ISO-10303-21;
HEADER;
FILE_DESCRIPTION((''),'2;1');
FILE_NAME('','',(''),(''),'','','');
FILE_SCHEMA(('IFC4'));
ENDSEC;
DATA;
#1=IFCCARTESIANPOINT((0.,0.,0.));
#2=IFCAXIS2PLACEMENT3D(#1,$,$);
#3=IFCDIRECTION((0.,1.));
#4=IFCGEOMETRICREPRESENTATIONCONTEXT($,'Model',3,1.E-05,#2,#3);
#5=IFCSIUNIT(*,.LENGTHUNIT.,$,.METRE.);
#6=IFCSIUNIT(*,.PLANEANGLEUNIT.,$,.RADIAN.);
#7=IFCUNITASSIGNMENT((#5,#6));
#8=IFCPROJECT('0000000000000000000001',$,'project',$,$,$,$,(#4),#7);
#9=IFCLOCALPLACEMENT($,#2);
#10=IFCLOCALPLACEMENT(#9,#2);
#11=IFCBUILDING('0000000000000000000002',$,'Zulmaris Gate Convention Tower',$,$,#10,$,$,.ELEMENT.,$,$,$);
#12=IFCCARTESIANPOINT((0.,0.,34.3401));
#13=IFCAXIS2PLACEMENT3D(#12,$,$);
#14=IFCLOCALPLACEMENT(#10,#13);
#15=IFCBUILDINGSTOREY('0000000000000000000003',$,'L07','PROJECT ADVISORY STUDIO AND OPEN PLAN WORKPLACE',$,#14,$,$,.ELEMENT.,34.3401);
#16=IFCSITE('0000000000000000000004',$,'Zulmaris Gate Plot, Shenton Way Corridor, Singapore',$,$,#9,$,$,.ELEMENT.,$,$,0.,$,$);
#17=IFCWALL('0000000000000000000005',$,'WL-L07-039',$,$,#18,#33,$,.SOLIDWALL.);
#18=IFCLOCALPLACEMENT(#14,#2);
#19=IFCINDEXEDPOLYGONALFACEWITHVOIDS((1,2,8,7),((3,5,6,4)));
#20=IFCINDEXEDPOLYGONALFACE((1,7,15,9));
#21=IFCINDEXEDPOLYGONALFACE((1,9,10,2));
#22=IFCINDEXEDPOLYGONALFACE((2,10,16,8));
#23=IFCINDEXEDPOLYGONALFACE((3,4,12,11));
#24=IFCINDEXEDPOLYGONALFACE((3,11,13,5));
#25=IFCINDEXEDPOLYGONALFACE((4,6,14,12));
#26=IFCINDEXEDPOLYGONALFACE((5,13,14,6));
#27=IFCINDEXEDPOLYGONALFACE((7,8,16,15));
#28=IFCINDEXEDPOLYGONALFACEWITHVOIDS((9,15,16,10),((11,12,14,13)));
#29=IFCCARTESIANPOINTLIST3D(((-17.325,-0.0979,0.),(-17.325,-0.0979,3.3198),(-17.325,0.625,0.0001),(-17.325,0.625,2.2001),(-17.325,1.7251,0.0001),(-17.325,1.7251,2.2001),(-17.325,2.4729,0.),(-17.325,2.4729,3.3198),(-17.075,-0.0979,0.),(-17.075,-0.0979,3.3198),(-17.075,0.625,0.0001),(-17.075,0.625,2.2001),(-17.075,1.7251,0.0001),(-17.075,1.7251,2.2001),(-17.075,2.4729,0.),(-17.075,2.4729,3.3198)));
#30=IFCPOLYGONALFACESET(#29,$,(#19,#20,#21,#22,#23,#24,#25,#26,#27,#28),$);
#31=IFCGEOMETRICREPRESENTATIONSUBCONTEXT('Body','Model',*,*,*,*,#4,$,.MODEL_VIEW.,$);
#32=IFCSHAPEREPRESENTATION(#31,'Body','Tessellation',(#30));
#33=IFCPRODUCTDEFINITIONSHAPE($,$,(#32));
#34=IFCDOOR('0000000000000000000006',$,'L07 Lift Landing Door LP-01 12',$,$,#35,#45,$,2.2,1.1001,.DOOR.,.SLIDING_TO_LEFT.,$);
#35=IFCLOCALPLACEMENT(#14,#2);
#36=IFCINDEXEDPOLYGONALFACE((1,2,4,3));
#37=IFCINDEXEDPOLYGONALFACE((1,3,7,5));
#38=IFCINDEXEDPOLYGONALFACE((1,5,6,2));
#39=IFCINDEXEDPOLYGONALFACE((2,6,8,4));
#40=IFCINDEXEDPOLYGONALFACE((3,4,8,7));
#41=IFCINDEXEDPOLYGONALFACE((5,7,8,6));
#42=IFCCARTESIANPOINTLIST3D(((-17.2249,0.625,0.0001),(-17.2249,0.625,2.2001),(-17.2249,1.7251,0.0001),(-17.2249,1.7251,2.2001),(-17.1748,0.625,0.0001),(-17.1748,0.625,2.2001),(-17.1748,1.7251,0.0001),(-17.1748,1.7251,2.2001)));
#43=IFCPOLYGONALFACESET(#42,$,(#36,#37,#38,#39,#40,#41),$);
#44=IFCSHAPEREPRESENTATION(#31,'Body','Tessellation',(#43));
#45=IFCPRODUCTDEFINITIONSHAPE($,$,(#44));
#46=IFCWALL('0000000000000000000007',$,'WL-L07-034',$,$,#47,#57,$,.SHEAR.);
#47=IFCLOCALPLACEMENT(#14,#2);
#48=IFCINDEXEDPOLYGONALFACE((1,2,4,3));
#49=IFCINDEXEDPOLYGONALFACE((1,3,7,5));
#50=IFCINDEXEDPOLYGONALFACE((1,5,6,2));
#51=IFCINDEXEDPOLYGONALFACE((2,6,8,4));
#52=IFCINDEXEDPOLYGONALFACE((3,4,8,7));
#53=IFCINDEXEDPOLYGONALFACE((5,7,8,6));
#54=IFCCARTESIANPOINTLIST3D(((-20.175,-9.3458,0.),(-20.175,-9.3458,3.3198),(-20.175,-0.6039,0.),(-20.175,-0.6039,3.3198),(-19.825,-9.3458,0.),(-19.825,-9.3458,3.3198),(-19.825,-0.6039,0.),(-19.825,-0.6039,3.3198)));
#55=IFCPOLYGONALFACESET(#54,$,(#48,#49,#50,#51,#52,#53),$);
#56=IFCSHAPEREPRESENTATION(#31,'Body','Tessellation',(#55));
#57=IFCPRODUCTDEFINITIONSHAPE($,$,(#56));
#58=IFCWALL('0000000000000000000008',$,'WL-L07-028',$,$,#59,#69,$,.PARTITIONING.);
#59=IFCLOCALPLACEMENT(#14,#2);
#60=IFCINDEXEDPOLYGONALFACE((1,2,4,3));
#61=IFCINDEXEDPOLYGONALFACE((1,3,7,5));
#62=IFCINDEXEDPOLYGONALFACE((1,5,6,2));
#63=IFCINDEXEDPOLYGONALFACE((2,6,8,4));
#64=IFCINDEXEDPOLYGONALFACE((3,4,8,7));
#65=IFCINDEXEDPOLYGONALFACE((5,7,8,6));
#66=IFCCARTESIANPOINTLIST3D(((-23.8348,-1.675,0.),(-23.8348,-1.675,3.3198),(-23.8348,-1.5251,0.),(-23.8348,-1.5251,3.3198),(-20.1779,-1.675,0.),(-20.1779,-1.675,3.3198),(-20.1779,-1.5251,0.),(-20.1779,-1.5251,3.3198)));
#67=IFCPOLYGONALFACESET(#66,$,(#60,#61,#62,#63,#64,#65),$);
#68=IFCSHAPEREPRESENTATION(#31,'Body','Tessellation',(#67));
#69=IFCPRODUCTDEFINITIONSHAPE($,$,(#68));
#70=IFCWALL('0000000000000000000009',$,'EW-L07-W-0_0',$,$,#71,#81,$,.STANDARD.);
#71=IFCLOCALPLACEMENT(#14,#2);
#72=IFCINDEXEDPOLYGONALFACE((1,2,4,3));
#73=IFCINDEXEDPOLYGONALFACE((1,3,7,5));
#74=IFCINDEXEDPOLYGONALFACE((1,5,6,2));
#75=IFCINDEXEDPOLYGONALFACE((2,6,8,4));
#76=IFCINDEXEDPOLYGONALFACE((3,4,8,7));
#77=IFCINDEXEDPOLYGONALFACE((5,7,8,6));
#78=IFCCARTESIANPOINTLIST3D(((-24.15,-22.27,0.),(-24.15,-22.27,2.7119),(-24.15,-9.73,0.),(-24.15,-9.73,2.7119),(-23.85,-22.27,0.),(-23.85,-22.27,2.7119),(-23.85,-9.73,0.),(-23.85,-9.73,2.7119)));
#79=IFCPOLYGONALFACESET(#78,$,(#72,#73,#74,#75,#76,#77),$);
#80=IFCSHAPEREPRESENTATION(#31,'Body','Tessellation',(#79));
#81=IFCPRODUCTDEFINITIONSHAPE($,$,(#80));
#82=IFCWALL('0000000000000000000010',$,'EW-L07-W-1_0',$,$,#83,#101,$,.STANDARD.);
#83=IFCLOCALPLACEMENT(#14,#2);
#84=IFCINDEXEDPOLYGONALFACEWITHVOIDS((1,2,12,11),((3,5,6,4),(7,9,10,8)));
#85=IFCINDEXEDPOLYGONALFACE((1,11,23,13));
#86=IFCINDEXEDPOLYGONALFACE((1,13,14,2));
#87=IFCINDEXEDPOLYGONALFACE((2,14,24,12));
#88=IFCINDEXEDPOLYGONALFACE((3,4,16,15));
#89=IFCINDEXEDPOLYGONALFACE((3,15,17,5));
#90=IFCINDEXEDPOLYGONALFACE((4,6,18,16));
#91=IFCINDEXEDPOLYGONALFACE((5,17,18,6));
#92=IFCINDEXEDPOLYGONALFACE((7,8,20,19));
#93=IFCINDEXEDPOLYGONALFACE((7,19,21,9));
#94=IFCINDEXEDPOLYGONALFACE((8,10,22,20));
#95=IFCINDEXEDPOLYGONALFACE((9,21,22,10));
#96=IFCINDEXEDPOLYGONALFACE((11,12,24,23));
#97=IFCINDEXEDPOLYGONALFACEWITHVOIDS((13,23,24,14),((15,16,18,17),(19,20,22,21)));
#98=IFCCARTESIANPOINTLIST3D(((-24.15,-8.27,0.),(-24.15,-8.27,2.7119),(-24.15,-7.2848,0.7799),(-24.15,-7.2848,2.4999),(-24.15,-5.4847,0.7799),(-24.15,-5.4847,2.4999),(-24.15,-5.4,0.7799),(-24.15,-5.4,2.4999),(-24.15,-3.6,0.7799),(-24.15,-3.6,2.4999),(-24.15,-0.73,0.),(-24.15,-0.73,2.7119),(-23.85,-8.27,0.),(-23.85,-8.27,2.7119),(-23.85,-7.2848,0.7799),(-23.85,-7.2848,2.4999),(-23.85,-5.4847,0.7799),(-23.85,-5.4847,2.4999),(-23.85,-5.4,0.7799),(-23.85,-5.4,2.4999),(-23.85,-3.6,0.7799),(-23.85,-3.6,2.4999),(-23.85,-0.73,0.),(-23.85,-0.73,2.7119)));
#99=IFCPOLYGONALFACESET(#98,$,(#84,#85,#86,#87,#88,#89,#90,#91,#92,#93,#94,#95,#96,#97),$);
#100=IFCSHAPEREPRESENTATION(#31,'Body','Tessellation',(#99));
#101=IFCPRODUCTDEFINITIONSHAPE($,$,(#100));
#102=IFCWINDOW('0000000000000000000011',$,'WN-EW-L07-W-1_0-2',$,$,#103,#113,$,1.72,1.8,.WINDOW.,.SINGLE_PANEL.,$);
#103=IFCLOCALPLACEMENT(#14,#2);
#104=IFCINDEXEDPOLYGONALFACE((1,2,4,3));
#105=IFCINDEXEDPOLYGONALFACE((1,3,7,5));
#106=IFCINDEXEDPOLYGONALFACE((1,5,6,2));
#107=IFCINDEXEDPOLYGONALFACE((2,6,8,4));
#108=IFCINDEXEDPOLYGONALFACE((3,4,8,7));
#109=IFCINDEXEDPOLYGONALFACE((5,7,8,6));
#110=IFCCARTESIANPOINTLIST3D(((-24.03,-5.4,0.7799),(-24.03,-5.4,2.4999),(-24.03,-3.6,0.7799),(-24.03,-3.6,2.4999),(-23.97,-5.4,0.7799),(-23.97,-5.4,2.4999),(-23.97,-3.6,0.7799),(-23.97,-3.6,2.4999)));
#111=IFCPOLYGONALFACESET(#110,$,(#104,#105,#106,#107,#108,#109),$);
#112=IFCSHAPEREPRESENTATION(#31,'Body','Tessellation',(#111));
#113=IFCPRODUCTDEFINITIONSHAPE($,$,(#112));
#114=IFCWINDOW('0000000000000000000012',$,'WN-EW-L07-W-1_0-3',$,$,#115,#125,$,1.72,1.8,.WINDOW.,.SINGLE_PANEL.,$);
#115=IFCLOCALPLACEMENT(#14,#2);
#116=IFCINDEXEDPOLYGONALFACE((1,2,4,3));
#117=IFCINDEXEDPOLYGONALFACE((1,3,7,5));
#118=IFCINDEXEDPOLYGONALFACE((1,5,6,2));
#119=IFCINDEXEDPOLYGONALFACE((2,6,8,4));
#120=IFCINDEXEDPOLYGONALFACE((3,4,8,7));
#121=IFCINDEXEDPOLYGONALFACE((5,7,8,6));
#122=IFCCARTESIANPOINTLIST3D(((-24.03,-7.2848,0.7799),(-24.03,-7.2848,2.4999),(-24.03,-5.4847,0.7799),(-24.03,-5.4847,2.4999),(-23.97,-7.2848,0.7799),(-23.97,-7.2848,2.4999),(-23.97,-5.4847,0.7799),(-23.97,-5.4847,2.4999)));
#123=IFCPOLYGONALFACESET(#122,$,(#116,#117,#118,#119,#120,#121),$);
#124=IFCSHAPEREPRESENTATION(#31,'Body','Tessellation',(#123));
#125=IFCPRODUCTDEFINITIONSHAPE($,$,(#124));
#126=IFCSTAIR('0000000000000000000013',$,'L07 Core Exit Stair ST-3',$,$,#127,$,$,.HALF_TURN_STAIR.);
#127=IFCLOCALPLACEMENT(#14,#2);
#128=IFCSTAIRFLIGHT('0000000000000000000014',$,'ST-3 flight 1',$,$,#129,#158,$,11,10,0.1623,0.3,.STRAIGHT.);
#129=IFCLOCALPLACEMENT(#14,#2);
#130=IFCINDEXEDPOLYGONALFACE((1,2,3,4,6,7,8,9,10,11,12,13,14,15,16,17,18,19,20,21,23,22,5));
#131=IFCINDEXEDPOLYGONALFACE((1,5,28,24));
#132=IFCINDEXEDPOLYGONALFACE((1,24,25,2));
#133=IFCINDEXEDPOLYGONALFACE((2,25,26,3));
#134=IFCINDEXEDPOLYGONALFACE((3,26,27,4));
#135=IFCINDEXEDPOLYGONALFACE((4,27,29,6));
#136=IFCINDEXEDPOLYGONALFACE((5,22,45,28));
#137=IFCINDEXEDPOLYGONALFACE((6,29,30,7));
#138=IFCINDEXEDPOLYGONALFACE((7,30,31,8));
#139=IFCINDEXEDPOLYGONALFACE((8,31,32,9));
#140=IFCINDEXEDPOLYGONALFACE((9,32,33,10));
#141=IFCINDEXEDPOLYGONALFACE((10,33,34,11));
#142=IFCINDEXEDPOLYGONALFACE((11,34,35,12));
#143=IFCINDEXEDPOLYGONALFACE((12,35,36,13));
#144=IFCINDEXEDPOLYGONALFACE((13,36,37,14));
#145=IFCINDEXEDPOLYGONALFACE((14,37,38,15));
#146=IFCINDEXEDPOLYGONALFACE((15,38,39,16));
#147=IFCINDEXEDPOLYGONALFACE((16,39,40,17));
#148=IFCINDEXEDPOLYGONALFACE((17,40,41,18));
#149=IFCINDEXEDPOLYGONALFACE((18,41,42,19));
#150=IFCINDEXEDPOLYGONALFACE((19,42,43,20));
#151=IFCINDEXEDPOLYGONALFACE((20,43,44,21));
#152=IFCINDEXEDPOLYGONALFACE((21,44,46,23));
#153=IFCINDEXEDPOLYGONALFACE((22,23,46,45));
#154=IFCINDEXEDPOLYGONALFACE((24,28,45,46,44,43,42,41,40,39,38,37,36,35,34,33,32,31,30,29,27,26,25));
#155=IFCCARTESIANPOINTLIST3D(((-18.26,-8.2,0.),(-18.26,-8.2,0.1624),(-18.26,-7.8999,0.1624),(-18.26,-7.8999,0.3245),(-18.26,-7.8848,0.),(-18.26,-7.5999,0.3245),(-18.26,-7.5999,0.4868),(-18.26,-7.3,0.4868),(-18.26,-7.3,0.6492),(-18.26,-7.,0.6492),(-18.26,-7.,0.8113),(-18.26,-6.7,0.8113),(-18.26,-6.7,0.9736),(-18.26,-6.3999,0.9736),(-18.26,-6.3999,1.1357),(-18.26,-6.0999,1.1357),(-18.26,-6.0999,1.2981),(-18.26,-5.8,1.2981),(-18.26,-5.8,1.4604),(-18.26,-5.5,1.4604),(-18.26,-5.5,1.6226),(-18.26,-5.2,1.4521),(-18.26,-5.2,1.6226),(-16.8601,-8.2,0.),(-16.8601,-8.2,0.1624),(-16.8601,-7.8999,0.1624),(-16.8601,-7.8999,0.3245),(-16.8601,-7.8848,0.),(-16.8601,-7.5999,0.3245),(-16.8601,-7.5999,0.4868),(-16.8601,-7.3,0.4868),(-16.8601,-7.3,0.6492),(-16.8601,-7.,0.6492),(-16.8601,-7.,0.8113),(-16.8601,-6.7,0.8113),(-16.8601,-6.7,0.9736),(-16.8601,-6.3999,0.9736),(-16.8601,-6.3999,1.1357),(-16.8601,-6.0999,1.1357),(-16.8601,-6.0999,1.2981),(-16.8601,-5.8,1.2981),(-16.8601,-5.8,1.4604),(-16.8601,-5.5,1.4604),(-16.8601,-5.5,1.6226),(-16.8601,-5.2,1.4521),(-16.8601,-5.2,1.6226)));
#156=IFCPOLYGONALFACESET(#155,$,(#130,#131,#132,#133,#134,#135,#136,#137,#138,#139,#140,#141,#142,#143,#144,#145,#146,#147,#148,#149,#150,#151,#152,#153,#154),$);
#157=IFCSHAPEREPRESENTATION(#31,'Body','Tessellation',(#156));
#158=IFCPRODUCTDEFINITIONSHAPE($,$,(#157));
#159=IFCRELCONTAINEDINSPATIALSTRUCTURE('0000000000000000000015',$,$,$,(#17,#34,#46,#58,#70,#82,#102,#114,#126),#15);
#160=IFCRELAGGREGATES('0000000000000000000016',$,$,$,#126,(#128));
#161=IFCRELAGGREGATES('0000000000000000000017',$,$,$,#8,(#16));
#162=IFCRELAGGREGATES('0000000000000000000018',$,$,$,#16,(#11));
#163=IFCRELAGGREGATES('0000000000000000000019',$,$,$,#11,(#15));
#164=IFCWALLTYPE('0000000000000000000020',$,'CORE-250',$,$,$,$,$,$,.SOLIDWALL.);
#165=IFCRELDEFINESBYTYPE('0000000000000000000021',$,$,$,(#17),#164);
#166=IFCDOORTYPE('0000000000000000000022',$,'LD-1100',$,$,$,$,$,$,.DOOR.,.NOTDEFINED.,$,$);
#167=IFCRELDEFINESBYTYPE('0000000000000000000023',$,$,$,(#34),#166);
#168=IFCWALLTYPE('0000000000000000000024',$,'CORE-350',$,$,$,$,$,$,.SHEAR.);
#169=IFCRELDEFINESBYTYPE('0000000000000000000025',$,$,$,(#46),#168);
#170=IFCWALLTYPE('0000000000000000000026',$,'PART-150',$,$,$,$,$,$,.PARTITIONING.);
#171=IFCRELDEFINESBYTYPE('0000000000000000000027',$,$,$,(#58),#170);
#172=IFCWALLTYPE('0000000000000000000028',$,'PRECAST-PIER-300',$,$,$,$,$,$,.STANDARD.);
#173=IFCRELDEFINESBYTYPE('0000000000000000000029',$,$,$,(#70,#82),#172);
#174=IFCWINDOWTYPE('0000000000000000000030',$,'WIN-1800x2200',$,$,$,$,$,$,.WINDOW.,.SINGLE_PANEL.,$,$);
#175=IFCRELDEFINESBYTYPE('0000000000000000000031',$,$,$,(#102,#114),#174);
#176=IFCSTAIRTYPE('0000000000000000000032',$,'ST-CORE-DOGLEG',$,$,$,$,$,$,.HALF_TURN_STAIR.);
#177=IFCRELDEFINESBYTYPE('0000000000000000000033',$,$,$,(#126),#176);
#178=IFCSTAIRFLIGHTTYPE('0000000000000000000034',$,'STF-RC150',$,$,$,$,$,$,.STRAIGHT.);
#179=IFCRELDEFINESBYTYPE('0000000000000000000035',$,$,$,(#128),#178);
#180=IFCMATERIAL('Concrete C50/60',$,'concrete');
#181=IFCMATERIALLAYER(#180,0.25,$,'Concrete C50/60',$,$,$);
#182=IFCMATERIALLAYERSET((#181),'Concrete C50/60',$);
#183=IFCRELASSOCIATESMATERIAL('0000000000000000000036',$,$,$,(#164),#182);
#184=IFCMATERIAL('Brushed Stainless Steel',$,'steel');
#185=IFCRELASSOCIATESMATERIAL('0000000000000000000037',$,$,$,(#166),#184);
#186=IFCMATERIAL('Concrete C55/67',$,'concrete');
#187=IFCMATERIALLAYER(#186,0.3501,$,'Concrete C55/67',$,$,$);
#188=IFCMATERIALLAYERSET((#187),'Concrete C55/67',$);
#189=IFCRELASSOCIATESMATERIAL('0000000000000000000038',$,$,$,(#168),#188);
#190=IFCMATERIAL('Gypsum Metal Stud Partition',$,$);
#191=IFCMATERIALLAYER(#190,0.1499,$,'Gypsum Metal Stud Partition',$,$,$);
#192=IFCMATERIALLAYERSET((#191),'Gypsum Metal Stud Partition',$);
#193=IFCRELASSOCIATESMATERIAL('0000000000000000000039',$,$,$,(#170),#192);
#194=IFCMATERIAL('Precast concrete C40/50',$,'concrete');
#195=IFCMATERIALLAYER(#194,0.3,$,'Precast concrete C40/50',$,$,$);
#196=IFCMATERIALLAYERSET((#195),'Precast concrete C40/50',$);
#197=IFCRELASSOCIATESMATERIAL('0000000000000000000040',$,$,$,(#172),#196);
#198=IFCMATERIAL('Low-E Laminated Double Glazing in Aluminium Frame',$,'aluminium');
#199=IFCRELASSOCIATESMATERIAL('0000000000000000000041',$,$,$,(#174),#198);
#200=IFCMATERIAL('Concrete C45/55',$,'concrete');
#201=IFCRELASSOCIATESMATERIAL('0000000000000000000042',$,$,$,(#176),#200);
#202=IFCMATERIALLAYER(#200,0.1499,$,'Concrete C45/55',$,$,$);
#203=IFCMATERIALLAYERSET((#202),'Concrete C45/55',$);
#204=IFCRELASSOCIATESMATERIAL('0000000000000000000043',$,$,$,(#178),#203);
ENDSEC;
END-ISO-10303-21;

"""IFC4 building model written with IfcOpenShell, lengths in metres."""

from ifc_helpers import new_model, si_unit, direction, frame, frame_2d, origin, place, context, subcontext, project, spatial, polyline, rectangle, outline, extrude, material, layer, layer_set, type_object, element, fill, aggregate, save


model = new_model("IFC4")

# Units and contexts
model_context = context("Model", 3, precision=1e-05, world=origin(), true_north=direction((0.0, 1.0)))
body_context = subcontext(model_context, "Body", "Model", "MODEL_VIEW")
ifc_project = project(units=[si_unit("LENGTHUNIT", "METRE"), si_unit("PLANEANGLEUNIT", "RADIAN")], contexts=[model_context])

# Site, building, storey
site_placement = place(None, origin())
site = spatial("IfcSite", under=ifc_project, at=site_placement, Name="Zulmaris Gate Plot, Shenton Way Corridor, Singapore", CompositionType="ELEMENT", RefElevation=0.0)
building_placement = place(site_placement, origin())
building = spatial("IfcBuilding", under=site, at=building_placement, Name="Zulmaris Gate Convention Tower", CompositionType="ELEMENT")
storey_placement = place(building_placement, frame((0.0, 0.0, 34.3401)))
storey = spatial("IfcBuildingStorey", under=building, at=storey_placement, Name="L07", Description="PROJECT ADVISORY STUDIO AND OPEN PLAN WORKPLACE", CompositionType="ELEMENT", Elevation=34.3401)

# Wall, opening, door
ifc_material_1 = material(Name="Concrete C50/60", Category="concrete")
ifc_layer_1 = layer(ifc_material_1, 0.25, Name="Concrete C50/60")
ifc_layer_set_1 = layer_set([ifc_layer_1], Name="Concrete C50/60")
wall_type_1 = type_object("IfcWallType", Name="CORE-250", PredefinedType="SOLIDWALL", material=ifc_layer_set_1)
wall_1_placement = place(storey_placement, frame((-17.2, -0.0979, 0.0), z_axis=(0.0, 0.0, 1.0), x_axis=(0.0, 1.0, 0.0)))
wall_1 = element("IfcWall", 1, at=wall_1_placement, inside=storey, type_object=wall_type_1, Name="WL-L07-039", PredefinedType="SOLIDWALL", context=body_context, shape_type="SweptSolid", body=[
    extrude(rectangle(XDim=2.5708, YDim=0.25, at=frame_2d((1.2854, 0.0))), origin(), (0.0, 0.0, 1.0), 3.3198),
])
opening_1_placement = place(wall_1_placement, frame((0.7229, 0.0, 0.0)))
opening_1 = element("IfcOpeningElement", 2, at=opening_1_placement, cuts=wall_1, PredefinedType="OPENING", context=body_context, shape_type="SweptSolid", body=[
    extrude(rectangle(XDim=1.1001, YDim=2.2, at=frame_2d((0.55, 1.1001))), frame((0.0, 0.135, 0.0), z_axis=(0.0, -1.0, 0.0), x_axis=(1.0, 0.0, 0.0)), (0.0, 0.0, 1.0), 0.27),
])
ifc_material_2 = material(Name="Brushed Stainless Steel", Category="steel")
door_type_1 = type_object("IfcDoorType", Name="LD-1100", OperationType="NOTDEFINED", PredefinedType="DOOR", material=ifc_material_2)
door_1_placement = place(opening_1_placement, origin())
door_1 = element("IfcDoor", 3, at=door_1_placement, inside=storey, type_object=door_type_1, Name="L07 Lift Landing Door LP-01 12", OperationType="SLIDING_TO_LEFT", OverallHeight=2.2, OverallWidth=1.1001, PredefinedType="DOOR", context=body_context, shape_type="SweptSolid", body=[
    extrude(rectangle(XDim=1.1001, YDim=2.2, at=frame_2d((0.55, 1.1001))), frame((0.0, 0.0249, 0.0), z_axis=(0.0, -1.0, 0.0), x_axis=(1.0, 0.0, 0.0)), (0.0, 0.0, 1.0), 0.05),
])
fill(opening_1, door_1)

# Walls
ifc_material_3 = material(Name="Concrete C55/67", Category="concrete")
ifc_layer_2 = layer(ifc_material_3, 0.3501, Name="Concrete C55/67")
ifc_layer_set_2 = layer_set([ifc_layer_2], Name="Concrete C55/67")
wall_type_2 = type_object("IfcWallType", Name="CORE-350", PredefinedType="SHEAR", material=ifc_layer_set_2)
wall_2_placement = place(storey_placement, frame((-20.0, -9.3459, 0.0), z_axis=(0.0, 0.0, 1.0), x_axis=(0.0, 1.0, 0.0)))
element("IfcWall", 4, at=wall_2_placement, inside=storey, type_object=wall_type_2, Name="WL-L07-034", PredefinedType="SHEAR", context=body_context, shape_type="SweptSolid", body=[
    extrude(rectangle(XDim=8.7419, YDim=0.3501, at=frame_2d((4.3711, 0.0))), origin(), (0.0, 0.0, 1.0), 3.3198),
])
ifc_material_4 = material(Name="Gypsum Metal Stud Partition")
ifc_layer_3 = layer(ifc_material_4, 0.1499, Name="Gypsum Metal Stud Partition")
ifc_layer_set_3 = layer_set([ifc_layer_3], Name="Gypsum Metal Stud Partition")
wall_type_3 = type_object("IfcWallType", Name="PART-150", PredefinedType="PARTITIONING", material=ifc_layer_set_3)
wall_3_placement = place(storey_placement, frame((-23.835, -1.6001, 0.0), z_axis=(0.0, 0.0, 1.0), x_axis=(1.0, 0.0, 0.0)))
element("IfcWall", 5, at=wall_3_placement, inside=storey, type_object=wall_type_3, Name="WL-L07-028", PredefinedType="PARTITIONING", context=body_context, shape_type="SweptSolid", body=[
    extrude(rectangle(XDim=3.657, YDim=0.1499, at=frame_2d((1.8286, 0.0))), origin(), (0.0, 0.0, 1.0), 3.3198),
])
ifc_material_5 = material(Name="Precast concrete C40/50", Category="concrete")
ifc_layer_4 = layer(ifc_material_5, 0.3, Name="Precast concrete C40/50")
ifc_layer_set_4 = layer_set([ifc_layer_4], Name="Precast concrete C40/50")
wall_type_4 = type_object("IfcWallType", Name="PRECAST-PIER-300", PredefinedType="STANDARD", material=ifc_layer_set_4)
wall_4_placement = place(storey_placement, frame((-24.0, -9.73, 0.0), z_axis=(0.0, 0.0, 1.0), x_axis=(0.0, -1.0, 0.0)))
element("IfcWall", 6, at=wall_4_placement, inside=storey, type_object=wall_type_4, Name="EW-L07-W-0_0", PredefinedType="STANDARD", context=body_context, shape_type="SweptSolid", body=[
    extrude(rectangle(XDim=12.54, YDim=0.3, at=frame_2d((6.27, 0.0))), origin(), (0.0, 0.0, 1.0), 2.7119),
])

# Wall, openings, windows
wall_5_placement = place(storey_placement, frame((-24.0, -0.73, 0.0), z_axis=(0.0, 0.0, 1.0), x_axis=(0.0, -1.0, 0.0)))
wall_5 = element("IfcWall", 7, at=wall_5_placement, inside=storey, type_object=wall_type_4, Name="EW-L07-W-1_0", PredefinedType="STANDARD", context=body_context, shape_type="SweptSolid", body=[
    extrude(rectangle(XDim=7.54, YDim=0.3, at=frame_2d((3.77, 0.0))), origin(), (0.0, 0.0, 1.0), 2.7119),
])
opening_2_placement = place(wall_5_placement, frame((2.8701, 0.0, 0.78)))
opening_2 = element("IfcOpeningElement", 8, at=opening_2_placement, cuts=wall_5, PredefinedType="OPENING", context=body_context, shape_type="SweptSolid", body=[
    extrude(rectangle(XDim=1.8, YDim=1.72, at=frame_2d((0.8999, 0.8599))), frame((0.0, 0.1602, 0.0), z_axis=(0.0, -1.0, 0.0), x_axis=(1.0, 0.0, 0.0)), (0.0, 0.0, 1.0), 0.3201),
])
opening_3_placement = place(wall_5_placement, frame((4.7549, 0.0, 0.78)))
opening_3 = element("IfcOpeningElement", 9, at=opening_3_placement, cuts=wall_5, PredefinedType="OPENING", context=body_context, shape_type="SweptSolid", body=[
    extrude(rectangle(XDim=1.8, YDim=1.72, at=frame_2d((0.8999, 0.8599))), frame((0.0, 0.1602, 0.0), z_axis=(0.0, -1.0, 0.0), x_axis=(1.0, 0.0, 0.0)), (0.0, 0.0, 1.0), 0.3201),
])
ifc_material_6 = material(Name="Low-E Laminated Double Glazing in Aluminium Frame", Category="aluminium")
window_type = type_object("IfcWindowType", Name="WIN-1800x2200", PartitioningType="SINGLE_PANEL", PredefinedType="WINDOW", material=ifc_material_6)
window_1_placement = place(opening_2_placement, origin())
window_1 = element("IfcWindow", 10, at=window_1_placement, inside=storey, type_object=window_type, Name="WN-EW-L07-W-1_0-2", OverallHeight=1.72, OverallWidth=1.8, PartitioningType="SINGLE_PANEL", PredefinedType="WINDOW", context=body_context, shape_type="SweptSolid", body=[
    extrude(rectangle(XDim=1.8, YDim=1.72, at=frame_2d((0.8999, 0.8599))), frame((0.0, 0.03, 0.0), z_axis=(0.0, -1.0, 0.0), x_axis=(1.0, 0.0, 0.0)), (0.0, 0.0, 1.0), 0.0601),
])
fill(opening_2, window_1)
window_2_placement = place(opening_3_placement, origin())
window_2 = element("IfcWindow", 11, at=window_2_placement, inside=storey, type_object=window_type, Name="WN-EW-L07-W-1_0-3", OverallHeight=1.72, OverallWidth=1.8, PartitioningType="SINGLE_PANEL", PredefinedType="WINDOW", context=body_context, shape_type="SweptSolid", body=[
    extrude(rectangle(XDim=1.8, YDim=1.72, at=frame_2d((0.8999, 0.8599))), frame((0.0, 0.03, 0.0), z_axis=(0.0, -1.0, 0.0), x_axis=(1.0, 0.0, 0.0)), (0.0, 0.0, 1.0), 0.0601),
])
fill(opening_3, window_2)

# Stair, stair flight
ifc_material_7 = material(Name="Concrete C45/55", Category="concrete")
stair_type = type_object("IfcStairType", Name="ST-CORE-DOGLEG", PredefinedType="HALF_TURN_STAIR", material=ifc_material_7)
stair_placement = place(storey_placement, origin())
stair = element("IfcStair", 12, at=stair_placement, inside=storey, type_object=stair_type, Name="L07 Core Exit Stair ST-3", PredefinedType="HALF_TURN_STAIR")
ifc_layer_5 = layer(ifc_material_7, 0.1499, Name="Concrete C45/55")
ifc_layer_set_5 = layer_set([ifc_layer_5], Name="Concrete C45/55")
stair_flight_type = type_object("IfcStairFlightType", Name="STF-RC150", PredefinedType="STRAIGHT", material=ifc_layer_set_5)
stair_flight_1_placement = place(storey_placement, frame((-17.5601, -8.2, 0.0), z_axis=(0.0, 0.0, 1.0), x_axis=(0.0, 1.0, 0.0)))
stair_flight_1 = element("IfcStairFlight", 13, at=stair_flight_1_placement, type_object=stair_flight_type, Name="ST-3 flight 1", NumberOfRisers=11, NumberOfTreads=10, PredefinedType="STRAIGHT", RiserHeight=0.1623, TreadLength=0.3, context=body_context, shape_type="SweptSolid", body=[
    extrude(outline(polyline([(0.0, 0.0), (0.0, 0.1624), (0.3, 0.1624), (0.3, 0.3245), (0.6001, 0.3245), (0.6001, 0.4868), (0.8999, 0.4868), (0.8999, 0.6492), (1.2, 0.6492), (1.2, 0.8113), (1.5, 0.8113), (1.5, 0.9736), (1.8, 0.9736), (1.8, 1.1357), (2.1001, 1.1357), (2.1001, 1.2981), (2.3999, 1.2981), (2.3999, 1.4604), (2.7, 1.4604), (2.7, 1.6226), (3.0, 1.6226), (3.0, 1.7849), (3.0, 1.4521), (0.3152, 0.0), (0.0, 0.0)])), frame((0.0, 0.7, 0.0), z_axis=(0.0, -1.0, 0.0), x_axis=(1.0, 0.0, 0.0)), (0.0, 0.0, 1.0), 1.3999),
])
aggregate(stair, [stair_flight_1])

save(model, "model.ifc")
